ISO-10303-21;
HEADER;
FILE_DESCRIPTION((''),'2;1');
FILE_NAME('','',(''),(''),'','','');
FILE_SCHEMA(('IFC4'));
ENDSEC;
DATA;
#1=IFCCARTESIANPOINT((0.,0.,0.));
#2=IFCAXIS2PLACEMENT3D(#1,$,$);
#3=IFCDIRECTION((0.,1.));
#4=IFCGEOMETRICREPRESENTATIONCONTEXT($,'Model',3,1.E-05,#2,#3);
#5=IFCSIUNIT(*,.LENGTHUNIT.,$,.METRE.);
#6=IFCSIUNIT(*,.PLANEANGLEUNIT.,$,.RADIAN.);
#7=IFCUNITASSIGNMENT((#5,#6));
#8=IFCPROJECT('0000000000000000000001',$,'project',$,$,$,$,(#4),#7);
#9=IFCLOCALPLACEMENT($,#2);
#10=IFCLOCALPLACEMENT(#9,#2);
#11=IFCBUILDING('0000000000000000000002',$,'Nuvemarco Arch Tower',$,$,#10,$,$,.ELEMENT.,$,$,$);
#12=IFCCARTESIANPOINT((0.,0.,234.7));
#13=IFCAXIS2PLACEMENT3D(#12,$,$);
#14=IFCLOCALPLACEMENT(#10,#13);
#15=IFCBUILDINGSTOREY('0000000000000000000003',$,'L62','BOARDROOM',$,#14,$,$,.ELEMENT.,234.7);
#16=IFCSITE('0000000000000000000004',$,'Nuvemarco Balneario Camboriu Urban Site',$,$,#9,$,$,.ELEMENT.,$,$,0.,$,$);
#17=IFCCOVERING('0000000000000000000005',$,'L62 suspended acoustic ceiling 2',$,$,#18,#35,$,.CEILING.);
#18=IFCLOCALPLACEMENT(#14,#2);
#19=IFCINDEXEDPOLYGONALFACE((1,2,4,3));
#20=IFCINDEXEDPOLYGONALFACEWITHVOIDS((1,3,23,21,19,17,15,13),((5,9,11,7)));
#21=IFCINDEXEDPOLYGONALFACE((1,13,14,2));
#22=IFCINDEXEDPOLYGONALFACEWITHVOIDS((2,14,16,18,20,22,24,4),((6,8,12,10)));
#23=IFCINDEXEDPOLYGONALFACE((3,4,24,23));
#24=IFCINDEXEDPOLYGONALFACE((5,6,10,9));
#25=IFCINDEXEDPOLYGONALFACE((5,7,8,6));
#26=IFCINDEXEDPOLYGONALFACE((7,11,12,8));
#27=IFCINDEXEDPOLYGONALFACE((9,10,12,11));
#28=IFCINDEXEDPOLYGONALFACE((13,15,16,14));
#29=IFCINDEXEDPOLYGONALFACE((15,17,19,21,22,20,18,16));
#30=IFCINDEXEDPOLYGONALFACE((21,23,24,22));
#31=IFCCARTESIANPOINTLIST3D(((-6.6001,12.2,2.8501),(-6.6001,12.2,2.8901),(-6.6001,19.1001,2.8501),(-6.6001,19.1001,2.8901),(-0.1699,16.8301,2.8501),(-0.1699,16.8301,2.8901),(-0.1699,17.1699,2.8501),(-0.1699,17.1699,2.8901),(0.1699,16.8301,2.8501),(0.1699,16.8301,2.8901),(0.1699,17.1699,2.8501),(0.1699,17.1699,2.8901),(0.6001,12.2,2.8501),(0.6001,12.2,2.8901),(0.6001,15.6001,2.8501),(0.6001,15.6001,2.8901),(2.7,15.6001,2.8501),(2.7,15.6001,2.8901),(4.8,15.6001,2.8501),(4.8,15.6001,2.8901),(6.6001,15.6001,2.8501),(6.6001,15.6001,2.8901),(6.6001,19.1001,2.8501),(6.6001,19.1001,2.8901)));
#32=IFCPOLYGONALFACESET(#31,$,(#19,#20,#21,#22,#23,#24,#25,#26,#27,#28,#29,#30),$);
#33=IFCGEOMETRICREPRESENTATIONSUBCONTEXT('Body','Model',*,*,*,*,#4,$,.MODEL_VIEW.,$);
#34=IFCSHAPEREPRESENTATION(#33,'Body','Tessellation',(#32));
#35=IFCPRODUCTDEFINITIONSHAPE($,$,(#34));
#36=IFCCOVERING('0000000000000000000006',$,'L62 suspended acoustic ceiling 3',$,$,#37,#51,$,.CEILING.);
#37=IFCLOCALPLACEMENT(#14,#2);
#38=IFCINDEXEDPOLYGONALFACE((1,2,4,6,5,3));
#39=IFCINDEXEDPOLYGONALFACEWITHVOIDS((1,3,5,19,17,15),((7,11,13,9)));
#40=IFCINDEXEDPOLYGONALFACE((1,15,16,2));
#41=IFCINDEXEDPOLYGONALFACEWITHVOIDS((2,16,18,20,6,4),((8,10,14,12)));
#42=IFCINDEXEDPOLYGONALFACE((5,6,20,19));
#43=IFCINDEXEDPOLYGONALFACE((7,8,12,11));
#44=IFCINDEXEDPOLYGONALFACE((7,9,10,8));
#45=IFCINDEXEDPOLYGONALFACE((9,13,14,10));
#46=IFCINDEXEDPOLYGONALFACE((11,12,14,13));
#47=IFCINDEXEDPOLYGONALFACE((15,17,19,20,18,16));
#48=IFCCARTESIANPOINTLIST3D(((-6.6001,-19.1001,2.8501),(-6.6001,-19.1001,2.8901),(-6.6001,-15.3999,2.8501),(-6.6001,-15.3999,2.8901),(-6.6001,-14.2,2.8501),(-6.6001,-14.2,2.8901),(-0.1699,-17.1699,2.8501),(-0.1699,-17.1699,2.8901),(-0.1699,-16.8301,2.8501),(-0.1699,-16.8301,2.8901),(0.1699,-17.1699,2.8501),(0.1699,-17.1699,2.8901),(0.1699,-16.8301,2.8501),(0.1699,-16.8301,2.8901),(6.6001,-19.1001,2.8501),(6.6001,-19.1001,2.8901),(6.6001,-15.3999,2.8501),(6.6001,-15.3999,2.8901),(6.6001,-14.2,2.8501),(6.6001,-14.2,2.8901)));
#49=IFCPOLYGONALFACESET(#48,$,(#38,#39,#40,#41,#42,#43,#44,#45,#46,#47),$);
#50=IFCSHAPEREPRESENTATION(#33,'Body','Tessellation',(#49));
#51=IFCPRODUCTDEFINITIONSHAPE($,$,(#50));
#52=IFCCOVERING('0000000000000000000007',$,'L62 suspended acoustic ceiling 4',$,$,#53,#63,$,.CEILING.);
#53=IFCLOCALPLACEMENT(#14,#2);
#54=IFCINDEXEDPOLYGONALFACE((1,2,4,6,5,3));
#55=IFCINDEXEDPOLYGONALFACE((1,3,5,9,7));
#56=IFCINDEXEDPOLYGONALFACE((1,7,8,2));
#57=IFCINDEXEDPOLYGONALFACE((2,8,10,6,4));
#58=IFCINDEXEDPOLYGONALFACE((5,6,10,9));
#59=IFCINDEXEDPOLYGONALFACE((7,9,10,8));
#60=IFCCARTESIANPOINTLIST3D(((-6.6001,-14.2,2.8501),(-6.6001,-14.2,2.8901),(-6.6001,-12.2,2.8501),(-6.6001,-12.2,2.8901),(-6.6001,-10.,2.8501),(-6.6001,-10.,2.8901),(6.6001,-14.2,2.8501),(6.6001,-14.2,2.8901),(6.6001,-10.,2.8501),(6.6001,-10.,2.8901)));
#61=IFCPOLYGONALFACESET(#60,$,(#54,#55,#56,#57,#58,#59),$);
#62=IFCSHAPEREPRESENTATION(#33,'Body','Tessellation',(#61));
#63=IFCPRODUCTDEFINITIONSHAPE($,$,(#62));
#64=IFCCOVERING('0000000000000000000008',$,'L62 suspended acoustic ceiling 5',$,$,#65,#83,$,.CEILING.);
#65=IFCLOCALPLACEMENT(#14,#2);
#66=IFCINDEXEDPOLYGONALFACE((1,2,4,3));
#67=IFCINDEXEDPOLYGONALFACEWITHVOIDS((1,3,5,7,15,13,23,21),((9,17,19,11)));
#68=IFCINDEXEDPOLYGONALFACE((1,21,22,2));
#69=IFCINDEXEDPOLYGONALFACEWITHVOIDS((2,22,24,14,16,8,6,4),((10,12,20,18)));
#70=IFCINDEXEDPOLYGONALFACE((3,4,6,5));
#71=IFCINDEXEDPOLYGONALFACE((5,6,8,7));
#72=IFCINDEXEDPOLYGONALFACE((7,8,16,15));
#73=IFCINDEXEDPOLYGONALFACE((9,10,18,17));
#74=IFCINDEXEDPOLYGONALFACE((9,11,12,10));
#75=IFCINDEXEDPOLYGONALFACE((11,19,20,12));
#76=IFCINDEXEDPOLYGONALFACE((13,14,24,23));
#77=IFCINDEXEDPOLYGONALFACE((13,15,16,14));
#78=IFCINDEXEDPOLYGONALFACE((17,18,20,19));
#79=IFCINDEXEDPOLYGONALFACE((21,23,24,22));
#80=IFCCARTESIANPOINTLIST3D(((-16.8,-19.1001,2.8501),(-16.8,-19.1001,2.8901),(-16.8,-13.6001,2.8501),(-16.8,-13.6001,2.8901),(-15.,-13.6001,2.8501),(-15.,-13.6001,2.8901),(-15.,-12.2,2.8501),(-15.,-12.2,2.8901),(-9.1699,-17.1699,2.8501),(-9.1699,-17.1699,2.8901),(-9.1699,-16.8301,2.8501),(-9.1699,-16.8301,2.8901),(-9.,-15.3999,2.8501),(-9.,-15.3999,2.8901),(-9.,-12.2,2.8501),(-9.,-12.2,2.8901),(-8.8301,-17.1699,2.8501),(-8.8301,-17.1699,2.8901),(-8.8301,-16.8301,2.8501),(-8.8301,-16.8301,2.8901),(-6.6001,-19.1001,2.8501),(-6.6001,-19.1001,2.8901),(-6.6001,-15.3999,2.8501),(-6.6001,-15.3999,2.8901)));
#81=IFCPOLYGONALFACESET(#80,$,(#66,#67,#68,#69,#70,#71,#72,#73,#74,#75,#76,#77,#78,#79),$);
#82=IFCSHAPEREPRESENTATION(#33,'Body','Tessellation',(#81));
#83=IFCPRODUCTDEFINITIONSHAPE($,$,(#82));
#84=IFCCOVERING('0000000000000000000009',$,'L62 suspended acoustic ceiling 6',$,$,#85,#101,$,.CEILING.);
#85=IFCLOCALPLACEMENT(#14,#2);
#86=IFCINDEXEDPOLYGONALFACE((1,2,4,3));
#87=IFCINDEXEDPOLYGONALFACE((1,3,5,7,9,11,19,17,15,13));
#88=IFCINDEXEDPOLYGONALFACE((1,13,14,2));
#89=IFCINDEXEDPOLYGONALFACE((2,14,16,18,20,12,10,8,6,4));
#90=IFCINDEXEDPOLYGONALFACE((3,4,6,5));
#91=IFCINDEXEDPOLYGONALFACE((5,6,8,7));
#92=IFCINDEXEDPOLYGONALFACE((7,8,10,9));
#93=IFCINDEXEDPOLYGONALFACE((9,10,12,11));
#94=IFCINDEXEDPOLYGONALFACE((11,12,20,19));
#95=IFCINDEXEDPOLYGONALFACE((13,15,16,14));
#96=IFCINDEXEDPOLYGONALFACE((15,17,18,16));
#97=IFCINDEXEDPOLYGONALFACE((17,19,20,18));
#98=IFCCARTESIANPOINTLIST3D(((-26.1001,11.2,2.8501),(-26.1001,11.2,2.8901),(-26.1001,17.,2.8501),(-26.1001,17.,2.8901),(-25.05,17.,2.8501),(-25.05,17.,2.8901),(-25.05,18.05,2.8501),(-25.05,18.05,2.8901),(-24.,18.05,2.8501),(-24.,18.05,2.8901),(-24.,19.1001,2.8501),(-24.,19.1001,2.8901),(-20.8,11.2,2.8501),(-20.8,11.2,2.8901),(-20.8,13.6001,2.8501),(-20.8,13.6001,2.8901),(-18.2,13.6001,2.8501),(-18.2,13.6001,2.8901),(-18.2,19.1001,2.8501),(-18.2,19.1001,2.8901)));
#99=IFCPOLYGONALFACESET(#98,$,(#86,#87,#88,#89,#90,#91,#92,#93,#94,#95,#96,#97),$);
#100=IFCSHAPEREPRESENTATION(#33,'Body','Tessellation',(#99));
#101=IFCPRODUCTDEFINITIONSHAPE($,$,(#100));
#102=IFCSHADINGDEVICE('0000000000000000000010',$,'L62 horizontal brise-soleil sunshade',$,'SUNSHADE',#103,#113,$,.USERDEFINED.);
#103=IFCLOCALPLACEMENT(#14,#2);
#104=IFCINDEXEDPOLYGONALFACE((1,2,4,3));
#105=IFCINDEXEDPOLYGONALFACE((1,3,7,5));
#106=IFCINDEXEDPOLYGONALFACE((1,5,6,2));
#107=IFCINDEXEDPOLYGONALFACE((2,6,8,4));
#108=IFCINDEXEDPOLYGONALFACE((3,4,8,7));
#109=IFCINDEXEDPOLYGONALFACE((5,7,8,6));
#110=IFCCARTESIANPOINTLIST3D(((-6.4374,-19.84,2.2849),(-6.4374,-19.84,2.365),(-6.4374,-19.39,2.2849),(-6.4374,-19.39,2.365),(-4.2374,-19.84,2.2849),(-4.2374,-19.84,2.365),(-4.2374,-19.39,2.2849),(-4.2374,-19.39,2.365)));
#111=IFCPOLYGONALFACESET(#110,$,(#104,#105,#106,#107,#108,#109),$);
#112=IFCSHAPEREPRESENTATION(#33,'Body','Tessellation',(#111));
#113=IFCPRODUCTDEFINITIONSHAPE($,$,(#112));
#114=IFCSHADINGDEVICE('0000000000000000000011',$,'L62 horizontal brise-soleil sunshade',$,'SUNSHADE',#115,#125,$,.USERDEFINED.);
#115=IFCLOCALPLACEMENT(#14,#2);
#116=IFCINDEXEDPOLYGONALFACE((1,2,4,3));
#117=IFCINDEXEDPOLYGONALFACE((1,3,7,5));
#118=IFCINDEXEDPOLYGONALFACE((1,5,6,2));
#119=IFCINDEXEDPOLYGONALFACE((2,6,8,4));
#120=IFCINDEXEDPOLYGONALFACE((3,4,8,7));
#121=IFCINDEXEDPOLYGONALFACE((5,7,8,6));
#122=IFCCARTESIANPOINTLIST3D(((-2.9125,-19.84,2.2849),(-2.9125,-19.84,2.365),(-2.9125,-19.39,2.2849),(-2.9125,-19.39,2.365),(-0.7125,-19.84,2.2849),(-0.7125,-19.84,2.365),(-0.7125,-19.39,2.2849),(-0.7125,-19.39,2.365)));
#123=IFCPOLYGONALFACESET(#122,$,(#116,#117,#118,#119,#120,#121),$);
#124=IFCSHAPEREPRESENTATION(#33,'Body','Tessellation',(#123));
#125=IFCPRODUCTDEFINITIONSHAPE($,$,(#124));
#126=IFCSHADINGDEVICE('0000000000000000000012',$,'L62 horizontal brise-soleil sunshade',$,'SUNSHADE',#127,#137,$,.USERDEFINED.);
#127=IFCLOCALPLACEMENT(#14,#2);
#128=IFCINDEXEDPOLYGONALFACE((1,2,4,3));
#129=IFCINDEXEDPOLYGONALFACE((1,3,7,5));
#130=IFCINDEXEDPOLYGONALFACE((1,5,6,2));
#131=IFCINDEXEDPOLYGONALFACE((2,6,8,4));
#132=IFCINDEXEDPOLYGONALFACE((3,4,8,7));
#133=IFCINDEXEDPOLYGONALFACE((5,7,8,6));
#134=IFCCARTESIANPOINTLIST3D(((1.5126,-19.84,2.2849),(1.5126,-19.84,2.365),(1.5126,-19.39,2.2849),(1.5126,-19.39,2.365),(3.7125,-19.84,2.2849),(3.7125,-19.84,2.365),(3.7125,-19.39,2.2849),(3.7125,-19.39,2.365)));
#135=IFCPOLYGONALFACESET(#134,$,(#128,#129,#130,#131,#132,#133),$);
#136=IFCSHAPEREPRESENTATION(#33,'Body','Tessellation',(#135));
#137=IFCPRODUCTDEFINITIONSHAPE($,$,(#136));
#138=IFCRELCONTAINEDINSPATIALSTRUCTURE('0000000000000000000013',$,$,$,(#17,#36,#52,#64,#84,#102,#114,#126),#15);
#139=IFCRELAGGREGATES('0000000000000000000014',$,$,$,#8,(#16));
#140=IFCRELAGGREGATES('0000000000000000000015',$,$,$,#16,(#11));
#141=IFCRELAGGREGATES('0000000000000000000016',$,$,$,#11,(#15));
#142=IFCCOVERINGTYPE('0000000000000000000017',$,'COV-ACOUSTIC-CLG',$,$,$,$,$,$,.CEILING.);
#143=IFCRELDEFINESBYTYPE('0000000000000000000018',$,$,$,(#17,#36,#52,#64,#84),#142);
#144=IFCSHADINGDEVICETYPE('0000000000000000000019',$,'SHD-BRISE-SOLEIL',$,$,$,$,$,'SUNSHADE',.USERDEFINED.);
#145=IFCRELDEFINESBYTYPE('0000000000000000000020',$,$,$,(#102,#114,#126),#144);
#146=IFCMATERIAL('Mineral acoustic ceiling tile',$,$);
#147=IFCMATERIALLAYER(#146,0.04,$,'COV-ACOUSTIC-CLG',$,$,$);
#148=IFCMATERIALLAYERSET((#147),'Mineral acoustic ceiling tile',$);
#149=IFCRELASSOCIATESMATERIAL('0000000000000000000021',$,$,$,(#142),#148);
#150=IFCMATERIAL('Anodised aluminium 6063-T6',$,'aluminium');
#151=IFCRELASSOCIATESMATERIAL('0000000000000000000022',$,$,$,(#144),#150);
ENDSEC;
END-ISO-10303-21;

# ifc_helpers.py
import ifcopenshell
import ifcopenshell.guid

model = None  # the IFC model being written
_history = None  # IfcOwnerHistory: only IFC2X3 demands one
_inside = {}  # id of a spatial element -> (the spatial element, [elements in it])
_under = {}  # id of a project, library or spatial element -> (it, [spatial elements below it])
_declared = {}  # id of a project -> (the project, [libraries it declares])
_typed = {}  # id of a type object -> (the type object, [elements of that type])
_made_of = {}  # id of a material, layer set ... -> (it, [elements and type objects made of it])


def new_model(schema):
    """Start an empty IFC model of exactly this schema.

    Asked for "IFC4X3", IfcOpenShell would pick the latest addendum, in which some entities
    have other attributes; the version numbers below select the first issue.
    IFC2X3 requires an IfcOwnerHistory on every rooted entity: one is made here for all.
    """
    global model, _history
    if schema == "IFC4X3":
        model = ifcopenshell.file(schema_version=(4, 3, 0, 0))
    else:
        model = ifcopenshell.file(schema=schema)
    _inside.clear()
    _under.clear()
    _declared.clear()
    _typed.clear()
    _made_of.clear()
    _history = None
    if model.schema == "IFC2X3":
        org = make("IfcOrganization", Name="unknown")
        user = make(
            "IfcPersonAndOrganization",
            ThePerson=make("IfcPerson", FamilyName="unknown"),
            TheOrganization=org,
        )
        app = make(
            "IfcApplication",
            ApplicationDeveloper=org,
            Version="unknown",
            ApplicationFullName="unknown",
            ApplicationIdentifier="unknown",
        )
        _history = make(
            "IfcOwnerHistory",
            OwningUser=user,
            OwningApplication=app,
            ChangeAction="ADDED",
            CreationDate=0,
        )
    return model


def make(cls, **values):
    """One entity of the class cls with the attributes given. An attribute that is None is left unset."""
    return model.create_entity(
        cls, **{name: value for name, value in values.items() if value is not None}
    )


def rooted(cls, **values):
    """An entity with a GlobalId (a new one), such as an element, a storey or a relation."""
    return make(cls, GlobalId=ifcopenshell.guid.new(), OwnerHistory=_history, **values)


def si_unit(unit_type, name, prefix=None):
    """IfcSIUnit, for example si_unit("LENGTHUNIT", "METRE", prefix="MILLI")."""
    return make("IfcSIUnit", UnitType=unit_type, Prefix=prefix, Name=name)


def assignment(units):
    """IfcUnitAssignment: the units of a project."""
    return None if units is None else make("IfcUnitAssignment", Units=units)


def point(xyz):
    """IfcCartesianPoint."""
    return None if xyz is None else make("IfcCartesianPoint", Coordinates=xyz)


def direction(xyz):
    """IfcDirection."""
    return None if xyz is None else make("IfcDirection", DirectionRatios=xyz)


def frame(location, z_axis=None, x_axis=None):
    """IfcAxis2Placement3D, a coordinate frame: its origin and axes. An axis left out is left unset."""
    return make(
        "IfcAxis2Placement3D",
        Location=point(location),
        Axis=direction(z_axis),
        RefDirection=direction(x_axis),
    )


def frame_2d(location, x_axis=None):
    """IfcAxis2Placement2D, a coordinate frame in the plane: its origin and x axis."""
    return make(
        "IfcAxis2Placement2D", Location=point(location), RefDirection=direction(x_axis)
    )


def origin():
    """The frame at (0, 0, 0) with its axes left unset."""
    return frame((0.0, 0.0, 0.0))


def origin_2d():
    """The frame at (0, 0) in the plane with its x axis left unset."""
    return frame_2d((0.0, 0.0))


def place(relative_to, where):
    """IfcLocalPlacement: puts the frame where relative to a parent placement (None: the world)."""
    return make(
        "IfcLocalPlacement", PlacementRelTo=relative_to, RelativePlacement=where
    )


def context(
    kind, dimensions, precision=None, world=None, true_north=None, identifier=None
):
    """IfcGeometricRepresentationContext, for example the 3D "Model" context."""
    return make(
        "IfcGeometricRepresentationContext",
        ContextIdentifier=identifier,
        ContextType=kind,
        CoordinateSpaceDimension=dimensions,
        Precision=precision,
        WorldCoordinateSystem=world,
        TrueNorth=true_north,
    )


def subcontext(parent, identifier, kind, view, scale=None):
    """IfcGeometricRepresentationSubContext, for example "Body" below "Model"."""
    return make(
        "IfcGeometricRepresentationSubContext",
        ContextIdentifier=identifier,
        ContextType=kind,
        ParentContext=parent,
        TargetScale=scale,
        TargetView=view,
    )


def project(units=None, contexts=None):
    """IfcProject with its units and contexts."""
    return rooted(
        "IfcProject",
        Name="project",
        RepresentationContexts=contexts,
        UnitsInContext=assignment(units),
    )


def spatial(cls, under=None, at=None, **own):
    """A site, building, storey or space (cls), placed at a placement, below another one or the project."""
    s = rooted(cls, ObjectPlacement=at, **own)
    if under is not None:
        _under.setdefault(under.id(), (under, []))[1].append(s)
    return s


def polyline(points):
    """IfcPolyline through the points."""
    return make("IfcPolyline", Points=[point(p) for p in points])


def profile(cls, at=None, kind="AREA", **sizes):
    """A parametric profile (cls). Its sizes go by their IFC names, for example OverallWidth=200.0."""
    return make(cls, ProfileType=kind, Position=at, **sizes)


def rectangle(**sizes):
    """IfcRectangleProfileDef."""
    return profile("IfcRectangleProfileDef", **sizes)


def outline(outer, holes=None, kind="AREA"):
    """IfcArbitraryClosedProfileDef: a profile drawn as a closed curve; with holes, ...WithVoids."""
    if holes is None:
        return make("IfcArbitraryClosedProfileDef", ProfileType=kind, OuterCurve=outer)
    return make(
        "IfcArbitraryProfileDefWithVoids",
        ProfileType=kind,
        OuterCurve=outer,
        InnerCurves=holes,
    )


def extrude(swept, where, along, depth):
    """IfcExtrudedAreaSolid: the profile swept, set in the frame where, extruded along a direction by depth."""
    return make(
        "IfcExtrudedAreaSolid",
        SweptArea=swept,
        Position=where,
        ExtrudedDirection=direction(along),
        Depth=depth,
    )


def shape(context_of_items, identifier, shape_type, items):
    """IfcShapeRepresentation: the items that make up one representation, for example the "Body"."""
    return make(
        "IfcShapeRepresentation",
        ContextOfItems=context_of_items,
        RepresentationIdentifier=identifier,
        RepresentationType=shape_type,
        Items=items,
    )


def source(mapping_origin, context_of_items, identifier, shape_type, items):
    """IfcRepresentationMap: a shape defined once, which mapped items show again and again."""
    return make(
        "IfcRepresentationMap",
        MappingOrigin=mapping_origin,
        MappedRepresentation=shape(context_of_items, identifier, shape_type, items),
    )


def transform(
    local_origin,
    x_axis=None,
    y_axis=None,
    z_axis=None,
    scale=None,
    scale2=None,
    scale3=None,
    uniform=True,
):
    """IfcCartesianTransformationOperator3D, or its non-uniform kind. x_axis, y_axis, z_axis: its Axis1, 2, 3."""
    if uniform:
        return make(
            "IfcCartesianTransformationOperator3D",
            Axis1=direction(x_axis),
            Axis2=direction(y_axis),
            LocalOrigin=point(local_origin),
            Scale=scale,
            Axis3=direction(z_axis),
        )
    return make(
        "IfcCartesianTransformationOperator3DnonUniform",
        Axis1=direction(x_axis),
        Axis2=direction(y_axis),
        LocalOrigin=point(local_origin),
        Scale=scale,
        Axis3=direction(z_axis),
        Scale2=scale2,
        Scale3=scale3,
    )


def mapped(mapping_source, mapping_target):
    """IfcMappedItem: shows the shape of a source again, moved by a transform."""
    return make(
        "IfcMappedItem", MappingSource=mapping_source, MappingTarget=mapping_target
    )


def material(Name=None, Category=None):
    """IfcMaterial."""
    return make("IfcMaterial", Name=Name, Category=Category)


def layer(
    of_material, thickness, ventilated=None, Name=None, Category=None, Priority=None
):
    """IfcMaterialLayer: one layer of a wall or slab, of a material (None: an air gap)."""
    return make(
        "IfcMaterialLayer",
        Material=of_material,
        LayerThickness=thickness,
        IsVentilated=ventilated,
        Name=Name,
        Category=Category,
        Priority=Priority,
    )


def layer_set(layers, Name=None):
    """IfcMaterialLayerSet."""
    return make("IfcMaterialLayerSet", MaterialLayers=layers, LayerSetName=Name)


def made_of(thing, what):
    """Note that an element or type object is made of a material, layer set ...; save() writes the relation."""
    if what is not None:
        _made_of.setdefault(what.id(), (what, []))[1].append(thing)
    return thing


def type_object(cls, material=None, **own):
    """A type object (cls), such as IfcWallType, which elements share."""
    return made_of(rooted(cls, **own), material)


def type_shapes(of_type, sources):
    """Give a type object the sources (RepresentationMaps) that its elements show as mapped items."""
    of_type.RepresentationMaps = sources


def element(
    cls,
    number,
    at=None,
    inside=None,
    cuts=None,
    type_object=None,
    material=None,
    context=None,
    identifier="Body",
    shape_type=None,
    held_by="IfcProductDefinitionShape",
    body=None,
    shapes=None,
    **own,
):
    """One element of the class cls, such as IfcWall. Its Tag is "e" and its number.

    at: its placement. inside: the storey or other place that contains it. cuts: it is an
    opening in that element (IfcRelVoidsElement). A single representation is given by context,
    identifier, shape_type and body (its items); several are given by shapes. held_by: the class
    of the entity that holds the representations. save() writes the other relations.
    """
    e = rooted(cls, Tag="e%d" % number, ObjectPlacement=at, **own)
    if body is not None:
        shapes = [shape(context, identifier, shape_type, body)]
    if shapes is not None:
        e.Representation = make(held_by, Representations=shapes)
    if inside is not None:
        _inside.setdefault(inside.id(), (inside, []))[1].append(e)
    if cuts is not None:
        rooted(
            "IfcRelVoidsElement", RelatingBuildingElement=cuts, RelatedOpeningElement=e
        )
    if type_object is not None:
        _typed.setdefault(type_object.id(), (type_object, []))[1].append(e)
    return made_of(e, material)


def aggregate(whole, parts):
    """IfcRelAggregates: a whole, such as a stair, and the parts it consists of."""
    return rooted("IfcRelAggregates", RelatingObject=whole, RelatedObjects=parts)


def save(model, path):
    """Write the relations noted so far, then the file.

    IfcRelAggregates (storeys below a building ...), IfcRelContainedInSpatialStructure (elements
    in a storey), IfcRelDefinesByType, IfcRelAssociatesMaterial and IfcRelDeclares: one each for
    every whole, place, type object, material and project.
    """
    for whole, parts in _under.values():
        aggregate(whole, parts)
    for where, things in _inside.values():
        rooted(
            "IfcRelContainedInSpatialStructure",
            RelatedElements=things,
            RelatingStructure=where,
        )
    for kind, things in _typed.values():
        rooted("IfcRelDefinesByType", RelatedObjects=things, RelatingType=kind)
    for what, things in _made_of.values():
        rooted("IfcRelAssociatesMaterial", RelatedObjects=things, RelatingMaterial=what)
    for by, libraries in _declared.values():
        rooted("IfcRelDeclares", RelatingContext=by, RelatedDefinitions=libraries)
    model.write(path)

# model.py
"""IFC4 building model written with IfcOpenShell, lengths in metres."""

from ifc_helpers import new_model, si_unit, direction, frame, origin, origin_2d, place, context, subcontext, project, spatial, polyline, rectangle, outline, extrude, source, transform, mapped, material, layer, layer_set, type_object, type_shapes, element, save


model = new_model("IFC4")

# Units and contexts
model_context = context("Model", 3, precision=1e-05, world=origin(), true_north=direction((0.0, 1.0)))
body_context = subcontext(model_context, "Body", "Model", "MODEL_VIEW")
ifc_project = project(units=[si_unit("LENGTHUNIT", "METRE"), si_unit("PLANEANGLEUNIT", "RADIAN")], contexts=[model_context])

# Site, building, storey
site_placement = place(None, origin())
site = spatial("IfcSite", under=ifc_project, at=site_placement, Name="Nuvemarco Balneario Camboriu Urban Site", CompositionType="ELEMENT", RefElevation=0.0)
building_placement = place(site_placement, origin())
building = spatial("IfcBuilding", under=site, at=building_placement, Name="Nuvemarco Arch Tower", CompositionType="ELEMENT")
storey_placement = place(building_placement, frame((0.0, 0.0, 234.7)))
storey = spatial("IfcBuildingStorey", under=building, at=storey_placement, Name="L62", Description="BOARDROOM", CompositionType="ELEMENT", Elevation=234.7)

# Coverings
ifc_material_1 = material(Name="Mineral acoustic ceiling tile")
ifc_layer_1 = layer(ifc_material_1, 0.04, Name="COV-ACOUSTIC-CLG")
ifc_layer_set_1 = layer_set([ifc_layer_1], Name="Mineral acoustic ceiling tile")
covering_type = type_object("IfcCoveringType", Name="COV-ACOUSTIC-CLG", PredefinedType="CEILING", material=ifc_layer_set_1)
covering_1_placement = place(storey_placement, frame((0.0, 0.0, 2.8501)))
element("IfcCovering", 1, at=covering_1_placement, inside=storey, type_object=covering_type, Name="L62 suspended acoustic ceiling 2", PredefinedType="CEILING", context=body_context, shape_type="SweptSolid", body=[
    extrude(outline(polyline([(-6.6001, 12.2), (-6.6001, 19.1001), (6.6001, 19.1001), (6.6001, 15.6001), (4.8, 15.6001), (2.7, 15.6001), (0.6001, 15.6001), (0.6001, 12.2), (-6.6001, 12.2)]), holes=[polyline([(0.1699, 16.8301), (0.1699, 17.1699), (-0.1699, 17.1699), (-0.1699, 16.8301), (0.1699, 16.8301)])]), origin(), (0.0, 0.0, 1.0), 0.04),
])
covering_2_placement = place(storey_placement, frame((0.0, 0.0, 2.8501)))
element("IfcCovering", 2, at=covering_2_placement, inside=storey, type_object=covering_type, Name="L62 suspended acoustic ceiling 3", PredefinedType="CEILING", context=body_context, shape_type="SweptSolid", body=[
    extrude(outline(polyline([(6.6001, -15.3999), (6.6001, -19.1001), (-6.6001, -19.1001), (-6.6001, -15.3999), (-6.6001, -14.2), (6.6001, -14.2), (6.6001, -15.3999)]), holes=[polyline([(0.1699, -17.1699), (0.1699, -16.8301), (-0.1699, -16.8301), (-0.1699, -17.1699), (0.1699, -17.1699)])]), origin(), (0.0, 0.0, 1.0), 0.04),
])
covering_3_placement = place(storey_placement, frame((0.0, 0.0, 2.8501)))
element("IfcCovering", 3, at=covering_3_placement, inside=storey, type_object=covering_type, Name="L62 suspended acoustic ceiling 4", PredefinedType="CEILING", context=body_context, shape_type="SweptSolid", body=[
    extrude(outline(polyline([(6.6001, -14.2), (-6.6001, -14.2), (-6.6001, -12.2), (-6.6001, -10.0), (6.6001, -10.0), (6.6001, -14.2)])), origin(), (0.0, 0.0, 1.0), 0.04),
])
covering_4_placement = place(storey_placement, frame((0.0, 0.0, 2.8501)))
element("IfcCovering", 4, at=covering_4_placement, inside=storey, type_object=covering_type, Name="L62 suspended acoustic ceiling 5", PredefinedType="CEILING", context=body_context, shape_type="SweptSolid", body=[
    extrude(outline(polyline([(-9.0, -12.2), (-9.0, -15.3999), (-6.6001, -15.3999), (-6.6001, -19.1001), (-16.8, -19.1001), (-16.8, -13.6001), (-15.0, -13.6001), (-15.0, -12.2), (-9.0, -12.2)]), holes=[polyline([(-8.8301, -16.8301), (-9.1699, -16.8301), (-9.1699, -17.1699), (-8.8301, -17.1699), (-8.8301, -16.8301)])]), origin(), (0.0, 0.0, 1.0), 0.04),
])
covering_5_placement = place(storey_placement, frame((0.0, 0.0, 2.8501)))
element("IfcCovering", 5, at=covering_5_placement, inside=storey, type_object=covering_type, Name="L62 suspended acoustic ceiling 6", PredefinedType="CEILING", context=body_context, shape_type="SweptSolid", body=[
    extrude(outline(polyline([(-25.05, 17.0), (-25.05, 18.05), (-24.0, 18.05), (-24.0, 19.1001), (-18.2, 19.1001), (-18.2, 13.6001), (-20.8, 13.6001), (-20.8, 11.2), (-26.1001, 11.2), (-26.1001, 17.0), (-25.05, 17.0)])), origin(), (0.0, 0.0, 1.0), 0.04),
])

# Shading devices
ifc_material_2 = material(Name="Anodised aluminium 6063-T6", Category="aluminium")
shading_device_type = type_object("IfcShadingDeviceType", Name="SHD-BRISE-SOLEIL", ElementType="SUNSHADE", PredefinedType="USERDEFINED", material=ifc_material_2)
shared_shape_1 = source(origin(), body_context, "Body", "SweptSolid", [
    extrude(rectangle(XDim=2.2, YDim=0.45, at=origin_2d()), origin(), (0.0, 0.0, 1.0), 0.0801),
])
type_shapes(shading_device_type, [shared_shape_1])
for number, where, z_axis, x_axis, name in (
    (6, (-5.3374, -19.615, 2.2849), (0.0, 0.0, 1.0), (1.0, 0.0, 0.0), "L62 horizontal brise-soleil sunshade"),
    (7, (-1.8125, -19.615, 2.2849), (0.0, 0.0, 1.0), (1.0, 0.0, 0.0), "L62 horizontal brise-soleil sunshade"),
    (8, (2.6125, -19.615, 2.2849), (0.0, 0.0, 1.0), (1.0, 0.0, 0.0), "L62 horizontal brise-soleil sunshade"),
):
    element("IfcShadingDevice", number, at=place(storey_placement, frame(where, z_axis=z_axis, x_axis=x_axis)), inside=storey, type_object=shading_device_type, Name=name, ObjectType="SUNSHADE", PredefinedType="USERDEFINED", context=body_context, shape_type="MappedRepresentation", body=[
        mapped(shared_shape_1, transform((0.0, 0.0, 0.0), scale=1.0)),
    ])

save(model, "model.ifc")
